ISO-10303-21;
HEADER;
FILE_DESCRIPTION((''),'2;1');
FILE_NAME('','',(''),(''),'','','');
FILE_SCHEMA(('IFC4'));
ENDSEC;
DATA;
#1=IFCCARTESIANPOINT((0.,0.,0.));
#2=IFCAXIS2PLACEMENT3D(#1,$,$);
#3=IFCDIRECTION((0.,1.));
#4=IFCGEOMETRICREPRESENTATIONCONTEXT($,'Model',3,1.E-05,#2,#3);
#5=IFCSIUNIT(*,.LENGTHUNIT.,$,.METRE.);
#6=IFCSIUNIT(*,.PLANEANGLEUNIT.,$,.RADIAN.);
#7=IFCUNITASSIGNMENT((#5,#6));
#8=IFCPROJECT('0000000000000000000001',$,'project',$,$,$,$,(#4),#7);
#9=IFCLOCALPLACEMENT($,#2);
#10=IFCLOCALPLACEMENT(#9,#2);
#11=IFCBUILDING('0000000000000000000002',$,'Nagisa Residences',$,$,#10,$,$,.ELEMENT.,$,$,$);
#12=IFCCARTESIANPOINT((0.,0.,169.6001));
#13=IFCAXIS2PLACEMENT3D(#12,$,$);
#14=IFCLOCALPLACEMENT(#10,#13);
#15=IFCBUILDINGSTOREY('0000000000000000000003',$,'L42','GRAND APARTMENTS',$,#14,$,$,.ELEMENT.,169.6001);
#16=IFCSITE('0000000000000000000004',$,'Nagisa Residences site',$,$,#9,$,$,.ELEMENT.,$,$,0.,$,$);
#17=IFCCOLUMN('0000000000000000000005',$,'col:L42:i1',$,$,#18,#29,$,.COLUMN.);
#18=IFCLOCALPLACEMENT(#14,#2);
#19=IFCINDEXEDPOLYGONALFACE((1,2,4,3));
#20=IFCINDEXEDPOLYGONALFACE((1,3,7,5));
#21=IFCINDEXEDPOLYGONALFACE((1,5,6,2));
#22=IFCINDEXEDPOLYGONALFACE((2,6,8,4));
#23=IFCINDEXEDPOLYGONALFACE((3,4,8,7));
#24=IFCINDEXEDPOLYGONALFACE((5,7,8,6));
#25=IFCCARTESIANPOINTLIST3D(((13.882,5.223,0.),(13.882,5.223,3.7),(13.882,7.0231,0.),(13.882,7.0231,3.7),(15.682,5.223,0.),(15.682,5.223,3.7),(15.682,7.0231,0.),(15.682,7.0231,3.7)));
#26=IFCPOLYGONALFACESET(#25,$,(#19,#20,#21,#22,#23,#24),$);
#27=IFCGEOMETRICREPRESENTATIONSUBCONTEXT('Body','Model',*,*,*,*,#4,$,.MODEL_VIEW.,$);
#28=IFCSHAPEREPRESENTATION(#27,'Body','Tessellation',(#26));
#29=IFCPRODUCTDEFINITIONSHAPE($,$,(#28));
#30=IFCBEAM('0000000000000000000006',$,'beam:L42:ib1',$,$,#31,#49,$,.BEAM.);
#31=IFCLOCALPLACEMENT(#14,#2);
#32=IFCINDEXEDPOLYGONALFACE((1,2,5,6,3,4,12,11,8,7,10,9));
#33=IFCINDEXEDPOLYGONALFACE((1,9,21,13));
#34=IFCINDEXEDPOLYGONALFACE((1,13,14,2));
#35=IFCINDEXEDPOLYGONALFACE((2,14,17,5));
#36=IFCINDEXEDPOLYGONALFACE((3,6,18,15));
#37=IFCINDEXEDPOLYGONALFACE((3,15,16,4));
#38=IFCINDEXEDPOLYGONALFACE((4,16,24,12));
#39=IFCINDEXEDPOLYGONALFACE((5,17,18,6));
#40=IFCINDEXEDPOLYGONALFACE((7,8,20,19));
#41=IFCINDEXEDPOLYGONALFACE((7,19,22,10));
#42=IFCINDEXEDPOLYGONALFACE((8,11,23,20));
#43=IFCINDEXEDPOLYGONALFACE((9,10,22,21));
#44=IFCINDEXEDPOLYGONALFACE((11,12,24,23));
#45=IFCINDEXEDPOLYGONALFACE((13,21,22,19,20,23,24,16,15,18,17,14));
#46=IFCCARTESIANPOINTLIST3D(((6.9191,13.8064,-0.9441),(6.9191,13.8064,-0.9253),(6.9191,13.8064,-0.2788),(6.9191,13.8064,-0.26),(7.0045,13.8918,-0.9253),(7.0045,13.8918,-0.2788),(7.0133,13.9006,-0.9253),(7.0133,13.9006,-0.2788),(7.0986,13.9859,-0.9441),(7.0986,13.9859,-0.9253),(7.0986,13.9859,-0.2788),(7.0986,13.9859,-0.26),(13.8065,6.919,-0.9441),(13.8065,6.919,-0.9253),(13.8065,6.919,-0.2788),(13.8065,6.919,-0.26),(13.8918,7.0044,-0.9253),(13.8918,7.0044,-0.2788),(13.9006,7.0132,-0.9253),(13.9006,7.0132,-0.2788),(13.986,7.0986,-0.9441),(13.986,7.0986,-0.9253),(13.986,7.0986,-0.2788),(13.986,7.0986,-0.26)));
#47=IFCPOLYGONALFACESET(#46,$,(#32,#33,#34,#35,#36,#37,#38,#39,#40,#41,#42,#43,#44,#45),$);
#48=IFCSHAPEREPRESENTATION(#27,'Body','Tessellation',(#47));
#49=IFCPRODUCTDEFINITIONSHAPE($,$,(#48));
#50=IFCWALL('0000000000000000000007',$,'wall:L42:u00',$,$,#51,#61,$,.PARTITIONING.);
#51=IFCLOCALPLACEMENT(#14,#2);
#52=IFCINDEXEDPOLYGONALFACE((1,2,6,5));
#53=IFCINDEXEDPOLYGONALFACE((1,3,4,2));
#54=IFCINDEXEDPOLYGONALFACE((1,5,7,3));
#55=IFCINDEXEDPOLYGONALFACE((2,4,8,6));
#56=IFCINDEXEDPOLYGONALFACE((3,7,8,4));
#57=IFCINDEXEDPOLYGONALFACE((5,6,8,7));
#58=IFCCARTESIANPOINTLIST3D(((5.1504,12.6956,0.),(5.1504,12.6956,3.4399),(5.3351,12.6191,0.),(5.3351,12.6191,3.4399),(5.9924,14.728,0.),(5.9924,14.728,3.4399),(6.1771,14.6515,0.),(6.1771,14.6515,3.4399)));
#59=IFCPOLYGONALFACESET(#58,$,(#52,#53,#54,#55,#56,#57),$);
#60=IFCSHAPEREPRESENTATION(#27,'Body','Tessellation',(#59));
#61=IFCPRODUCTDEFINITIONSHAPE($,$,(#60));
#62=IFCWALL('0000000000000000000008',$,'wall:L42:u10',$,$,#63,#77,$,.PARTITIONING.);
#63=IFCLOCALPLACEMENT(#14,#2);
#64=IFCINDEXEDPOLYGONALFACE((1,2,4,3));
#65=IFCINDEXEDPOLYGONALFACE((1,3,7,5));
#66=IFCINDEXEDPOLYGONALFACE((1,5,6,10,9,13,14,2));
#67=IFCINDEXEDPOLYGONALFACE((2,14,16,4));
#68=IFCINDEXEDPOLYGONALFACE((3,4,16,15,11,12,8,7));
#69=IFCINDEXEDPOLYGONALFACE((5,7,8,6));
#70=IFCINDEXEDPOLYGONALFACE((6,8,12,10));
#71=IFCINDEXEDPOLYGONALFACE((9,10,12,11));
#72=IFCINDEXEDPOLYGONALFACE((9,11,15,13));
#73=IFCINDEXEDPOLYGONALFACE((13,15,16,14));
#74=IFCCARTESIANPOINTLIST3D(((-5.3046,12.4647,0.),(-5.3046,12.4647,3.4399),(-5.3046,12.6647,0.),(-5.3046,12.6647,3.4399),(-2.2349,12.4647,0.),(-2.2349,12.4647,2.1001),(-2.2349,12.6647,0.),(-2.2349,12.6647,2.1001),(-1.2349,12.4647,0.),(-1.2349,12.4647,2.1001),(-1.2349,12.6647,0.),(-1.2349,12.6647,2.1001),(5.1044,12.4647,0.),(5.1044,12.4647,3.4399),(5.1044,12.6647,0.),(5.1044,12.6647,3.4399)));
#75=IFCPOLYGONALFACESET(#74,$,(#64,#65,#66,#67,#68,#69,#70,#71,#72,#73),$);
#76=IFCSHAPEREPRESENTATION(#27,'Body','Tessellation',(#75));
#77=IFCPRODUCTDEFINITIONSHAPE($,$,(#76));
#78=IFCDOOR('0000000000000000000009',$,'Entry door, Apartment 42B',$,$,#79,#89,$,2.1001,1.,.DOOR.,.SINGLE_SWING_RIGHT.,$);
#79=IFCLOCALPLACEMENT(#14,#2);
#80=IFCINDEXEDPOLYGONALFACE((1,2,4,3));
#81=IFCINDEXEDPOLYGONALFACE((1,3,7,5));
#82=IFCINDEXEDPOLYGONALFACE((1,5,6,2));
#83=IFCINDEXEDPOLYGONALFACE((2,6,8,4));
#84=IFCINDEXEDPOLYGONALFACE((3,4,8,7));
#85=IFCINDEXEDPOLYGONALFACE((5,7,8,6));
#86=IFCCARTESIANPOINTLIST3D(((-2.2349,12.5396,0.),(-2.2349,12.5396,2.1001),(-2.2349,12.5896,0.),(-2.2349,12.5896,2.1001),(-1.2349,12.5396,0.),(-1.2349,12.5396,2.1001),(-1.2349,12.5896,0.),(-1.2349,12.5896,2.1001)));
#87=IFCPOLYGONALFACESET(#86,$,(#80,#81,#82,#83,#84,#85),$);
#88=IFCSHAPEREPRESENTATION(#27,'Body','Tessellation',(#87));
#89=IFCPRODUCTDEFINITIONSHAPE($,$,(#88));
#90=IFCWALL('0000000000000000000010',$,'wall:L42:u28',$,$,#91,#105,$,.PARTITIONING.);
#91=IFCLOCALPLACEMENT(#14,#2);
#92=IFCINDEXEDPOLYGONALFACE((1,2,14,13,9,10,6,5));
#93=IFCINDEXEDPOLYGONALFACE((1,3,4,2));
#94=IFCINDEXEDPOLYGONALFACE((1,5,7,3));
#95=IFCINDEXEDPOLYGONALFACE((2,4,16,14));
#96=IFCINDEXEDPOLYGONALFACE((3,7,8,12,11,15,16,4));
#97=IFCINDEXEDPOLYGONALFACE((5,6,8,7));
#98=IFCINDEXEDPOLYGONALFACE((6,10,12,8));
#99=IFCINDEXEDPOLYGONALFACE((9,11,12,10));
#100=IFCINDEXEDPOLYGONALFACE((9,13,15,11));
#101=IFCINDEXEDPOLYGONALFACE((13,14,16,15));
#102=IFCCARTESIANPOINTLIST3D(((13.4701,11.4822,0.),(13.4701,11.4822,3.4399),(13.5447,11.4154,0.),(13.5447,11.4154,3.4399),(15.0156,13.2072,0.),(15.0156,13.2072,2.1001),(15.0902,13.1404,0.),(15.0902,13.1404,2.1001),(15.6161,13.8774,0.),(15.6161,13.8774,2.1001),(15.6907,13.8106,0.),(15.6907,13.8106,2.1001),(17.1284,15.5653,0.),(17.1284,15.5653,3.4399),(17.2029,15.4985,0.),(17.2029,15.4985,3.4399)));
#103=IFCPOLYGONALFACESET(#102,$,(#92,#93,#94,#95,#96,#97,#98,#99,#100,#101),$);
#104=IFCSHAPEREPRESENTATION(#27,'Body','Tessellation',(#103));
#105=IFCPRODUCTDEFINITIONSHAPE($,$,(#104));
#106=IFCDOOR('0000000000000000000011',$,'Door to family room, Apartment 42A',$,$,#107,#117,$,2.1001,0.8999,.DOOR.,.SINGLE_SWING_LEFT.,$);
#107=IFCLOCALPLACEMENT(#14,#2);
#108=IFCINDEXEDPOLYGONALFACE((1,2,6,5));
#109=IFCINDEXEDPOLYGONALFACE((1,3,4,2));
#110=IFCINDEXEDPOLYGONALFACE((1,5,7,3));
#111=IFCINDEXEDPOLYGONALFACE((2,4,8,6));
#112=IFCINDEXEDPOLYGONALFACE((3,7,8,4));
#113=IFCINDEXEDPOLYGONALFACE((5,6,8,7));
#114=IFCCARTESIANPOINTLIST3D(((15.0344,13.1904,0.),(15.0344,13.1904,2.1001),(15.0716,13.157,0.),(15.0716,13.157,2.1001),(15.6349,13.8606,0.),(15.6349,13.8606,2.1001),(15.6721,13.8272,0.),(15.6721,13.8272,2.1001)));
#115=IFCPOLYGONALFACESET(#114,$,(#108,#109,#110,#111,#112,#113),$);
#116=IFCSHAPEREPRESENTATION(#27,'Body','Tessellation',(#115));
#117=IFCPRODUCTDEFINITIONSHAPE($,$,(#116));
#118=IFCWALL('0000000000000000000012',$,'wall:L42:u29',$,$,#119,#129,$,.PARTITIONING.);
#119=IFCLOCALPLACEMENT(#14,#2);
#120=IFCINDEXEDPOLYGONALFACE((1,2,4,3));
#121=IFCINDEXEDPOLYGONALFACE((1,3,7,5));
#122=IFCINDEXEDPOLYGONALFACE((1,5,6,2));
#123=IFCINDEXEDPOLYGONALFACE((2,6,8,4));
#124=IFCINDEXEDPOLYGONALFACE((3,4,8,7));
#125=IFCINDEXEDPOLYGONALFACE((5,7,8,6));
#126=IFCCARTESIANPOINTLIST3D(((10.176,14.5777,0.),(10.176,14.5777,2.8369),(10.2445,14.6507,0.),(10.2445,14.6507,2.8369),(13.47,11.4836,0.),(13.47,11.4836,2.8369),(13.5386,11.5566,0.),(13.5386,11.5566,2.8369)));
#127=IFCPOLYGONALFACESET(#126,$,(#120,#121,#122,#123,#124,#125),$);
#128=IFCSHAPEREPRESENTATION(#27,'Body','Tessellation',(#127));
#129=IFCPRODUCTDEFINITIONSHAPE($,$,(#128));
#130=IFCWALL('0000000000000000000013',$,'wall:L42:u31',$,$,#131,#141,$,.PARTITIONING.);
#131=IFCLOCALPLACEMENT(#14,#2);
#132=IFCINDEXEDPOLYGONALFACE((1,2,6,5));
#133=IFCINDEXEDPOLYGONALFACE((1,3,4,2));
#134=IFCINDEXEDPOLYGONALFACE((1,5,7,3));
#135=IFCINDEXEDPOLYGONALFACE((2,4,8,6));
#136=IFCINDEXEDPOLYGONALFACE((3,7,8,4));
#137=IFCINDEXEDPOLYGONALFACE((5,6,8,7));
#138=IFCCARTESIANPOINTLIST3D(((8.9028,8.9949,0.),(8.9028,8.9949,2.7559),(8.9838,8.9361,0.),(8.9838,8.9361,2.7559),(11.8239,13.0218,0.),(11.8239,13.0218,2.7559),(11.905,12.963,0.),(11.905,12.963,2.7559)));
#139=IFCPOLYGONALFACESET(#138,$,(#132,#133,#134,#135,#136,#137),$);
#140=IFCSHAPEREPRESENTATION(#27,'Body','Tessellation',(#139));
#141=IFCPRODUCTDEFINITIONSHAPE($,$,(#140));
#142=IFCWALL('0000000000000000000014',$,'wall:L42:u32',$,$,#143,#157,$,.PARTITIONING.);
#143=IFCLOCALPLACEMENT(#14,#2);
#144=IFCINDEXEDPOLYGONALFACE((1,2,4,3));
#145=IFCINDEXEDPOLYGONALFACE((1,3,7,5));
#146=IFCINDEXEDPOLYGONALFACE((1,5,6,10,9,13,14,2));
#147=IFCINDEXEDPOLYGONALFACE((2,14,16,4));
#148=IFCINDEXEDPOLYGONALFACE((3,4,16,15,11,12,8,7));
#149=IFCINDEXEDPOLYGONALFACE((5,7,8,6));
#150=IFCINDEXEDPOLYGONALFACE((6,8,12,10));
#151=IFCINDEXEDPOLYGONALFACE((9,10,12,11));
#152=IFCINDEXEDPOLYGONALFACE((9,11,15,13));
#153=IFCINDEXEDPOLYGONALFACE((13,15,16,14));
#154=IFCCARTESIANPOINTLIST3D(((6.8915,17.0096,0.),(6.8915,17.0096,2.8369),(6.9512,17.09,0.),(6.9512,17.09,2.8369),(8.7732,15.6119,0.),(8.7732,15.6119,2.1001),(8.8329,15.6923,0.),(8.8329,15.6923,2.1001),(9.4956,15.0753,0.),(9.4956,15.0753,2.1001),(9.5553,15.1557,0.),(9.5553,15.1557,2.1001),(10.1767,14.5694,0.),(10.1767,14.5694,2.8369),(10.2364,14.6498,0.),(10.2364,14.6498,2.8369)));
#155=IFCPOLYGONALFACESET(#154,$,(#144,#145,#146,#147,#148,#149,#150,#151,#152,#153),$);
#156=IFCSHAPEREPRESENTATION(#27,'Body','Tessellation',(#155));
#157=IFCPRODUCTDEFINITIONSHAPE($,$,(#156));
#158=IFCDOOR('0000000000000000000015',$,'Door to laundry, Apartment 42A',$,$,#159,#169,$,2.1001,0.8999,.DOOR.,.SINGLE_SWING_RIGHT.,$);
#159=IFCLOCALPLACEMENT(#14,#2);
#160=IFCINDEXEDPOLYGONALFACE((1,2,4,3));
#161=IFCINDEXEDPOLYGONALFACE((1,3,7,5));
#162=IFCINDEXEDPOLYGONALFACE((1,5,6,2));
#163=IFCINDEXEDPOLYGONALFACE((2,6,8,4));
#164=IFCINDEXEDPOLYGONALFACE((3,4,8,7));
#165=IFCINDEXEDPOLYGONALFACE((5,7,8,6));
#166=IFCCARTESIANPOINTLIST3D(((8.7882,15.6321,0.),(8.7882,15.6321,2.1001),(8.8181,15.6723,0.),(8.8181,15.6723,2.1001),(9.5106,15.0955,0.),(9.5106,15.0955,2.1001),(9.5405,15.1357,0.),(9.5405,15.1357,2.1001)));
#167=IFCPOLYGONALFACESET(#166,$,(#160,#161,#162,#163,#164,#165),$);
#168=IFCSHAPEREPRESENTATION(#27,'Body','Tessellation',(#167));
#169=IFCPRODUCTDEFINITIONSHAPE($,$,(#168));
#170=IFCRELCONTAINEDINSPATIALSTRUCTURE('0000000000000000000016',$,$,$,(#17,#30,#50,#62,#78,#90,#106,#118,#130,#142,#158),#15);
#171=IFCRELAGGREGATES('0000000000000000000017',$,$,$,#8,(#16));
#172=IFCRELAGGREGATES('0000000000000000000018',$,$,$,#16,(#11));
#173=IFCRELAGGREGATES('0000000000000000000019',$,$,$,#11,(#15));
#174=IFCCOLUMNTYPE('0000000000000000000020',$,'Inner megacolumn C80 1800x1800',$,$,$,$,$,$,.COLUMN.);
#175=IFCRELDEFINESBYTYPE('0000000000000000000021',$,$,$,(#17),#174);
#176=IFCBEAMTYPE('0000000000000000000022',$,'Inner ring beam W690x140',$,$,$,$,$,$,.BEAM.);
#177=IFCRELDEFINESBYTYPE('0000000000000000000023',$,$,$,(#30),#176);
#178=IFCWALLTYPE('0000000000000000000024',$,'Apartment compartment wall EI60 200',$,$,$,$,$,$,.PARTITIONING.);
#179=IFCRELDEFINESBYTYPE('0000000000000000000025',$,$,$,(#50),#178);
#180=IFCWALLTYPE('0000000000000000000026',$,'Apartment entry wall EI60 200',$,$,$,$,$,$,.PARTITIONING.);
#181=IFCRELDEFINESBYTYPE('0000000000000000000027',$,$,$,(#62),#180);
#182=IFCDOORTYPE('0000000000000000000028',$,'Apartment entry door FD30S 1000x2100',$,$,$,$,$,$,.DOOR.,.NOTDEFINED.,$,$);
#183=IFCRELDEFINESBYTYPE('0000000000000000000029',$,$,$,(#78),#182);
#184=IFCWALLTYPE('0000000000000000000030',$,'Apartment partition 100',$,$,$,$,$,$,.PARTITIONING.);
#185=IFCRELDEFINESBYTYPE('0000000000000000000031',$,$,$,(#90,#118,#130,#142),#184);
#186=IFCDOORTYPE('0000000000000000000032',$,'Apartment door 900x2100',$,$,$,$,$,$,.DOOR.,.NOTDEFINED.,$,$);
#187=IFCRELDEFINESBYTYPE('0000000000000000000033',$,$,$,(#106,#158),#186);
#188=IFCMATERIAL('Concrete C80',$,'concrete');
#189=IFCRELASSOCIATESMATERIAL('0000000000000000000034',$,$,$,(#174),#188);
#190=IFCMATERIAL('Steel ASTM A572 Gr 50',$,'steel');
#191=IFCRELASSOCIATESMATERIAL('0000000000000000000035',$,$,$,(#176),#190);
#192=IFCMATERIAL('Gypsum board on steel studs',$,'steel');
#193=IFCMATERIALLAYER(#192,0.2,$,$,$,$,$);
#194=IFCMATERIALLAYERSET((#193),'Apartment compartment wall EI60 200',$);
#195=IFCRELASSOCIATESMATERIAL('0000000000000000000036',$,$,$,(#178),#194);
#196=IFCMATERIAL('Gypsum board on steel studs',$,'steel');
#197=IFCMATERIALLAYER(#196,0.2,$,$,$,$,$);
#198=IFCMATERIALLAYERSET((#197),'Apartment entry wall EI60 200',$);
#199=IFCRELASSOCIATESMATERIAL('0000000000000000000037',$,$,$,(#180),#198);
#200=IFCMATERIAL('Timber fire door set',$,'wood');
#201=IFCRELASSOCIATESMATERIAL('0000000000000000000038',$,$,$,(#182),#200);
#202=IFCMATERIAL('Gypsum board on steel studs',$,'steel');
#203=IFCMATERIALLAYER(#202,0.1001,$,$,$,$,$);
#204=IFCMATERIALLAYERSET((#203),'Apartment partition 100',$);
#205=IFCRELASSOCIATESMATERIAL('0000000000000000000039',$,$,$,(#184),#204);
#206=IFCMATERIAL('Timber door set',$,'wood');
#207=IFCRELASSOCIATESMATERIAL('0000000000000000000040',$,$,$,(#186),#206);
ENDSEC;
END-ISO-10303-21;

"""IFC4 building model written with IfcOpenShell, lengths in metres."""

from ifc_helpers import new_model, si_unit, direction, frame, frame_2d, origin, origin_2d, place, context, subcontext, project, spatial, rectangle, i_section, extrude, material, layer, layer_set, material_profile, profile_set, type_object, element, fill, save


model = new_model("IFC4")

# Units and contexts
model_context = context("Model", 3, precision=1e-05, world=origin(), true_north=direction((0.0, 1.0)))
body_context = subcontext(model_context, "Body", "Model", "MODEL_VIEW")
ifc_project = project(units=[si_unit("LENGTHUNIT", "METRE"), si_unit("PLANEANGLEUNIT", "RADIAN")], contexts=[model_context])

# Site, building, storey
site_placement = place(None, origin())
site = spatial("IfcSite", under=ifc_project, at=site_placement, Name="Nagisa Residences site", CompositionType="ELEMENT", RefElevation=0.0)
building_placement = place(site_placement, origin())
building = spatial("IfcBuilding", under=site, at=building_placement, Name="Nagisa Residences", CompositionType="ELEMENT")
storey_placement = place(building_placement, frame((0.0, 0.0, 169.6001)))
storey = spatial("IfcBuildingStorey", under=building, at=storey_placement, Name="L42", Description="GRAND APARTMENTS", CompositionType="ELEMENT", Elevation=169.6001)

# Column
ifc_material_1 = material(Name="Concrete C80", Category="concrete")
ifc_material_profile_1 = material_profile(ifc_material_1, rectangle(XDim=1.8, YDim=1.8, at=origin_2d()), Name="C80 1800x1800")
ifc_profile_set_1 = profile_set([ifc_material_profile_1], Name="Concrete C80")
column_type = type_object("IfcColumnType", Name="Inner megacolumn C80 1800x1800", PredefinedType="COLUMN", material=ifc_profile_set_1)
column_placement = place(storey_placement, frame((14.782, 6.123, 0.0), z_axis=(0.0, 0.0, 1.0), x_axis=(1.0, 0.0, 0.0)))
element("IfcColumn", 1, at=column_placement, inside=storey, type_object=column_type, Name="col:L42:i1", PredefinedType="COLUMN", context=body_context, shape_type="SweptSolid", body=[
    extrude(rectangle(XDim=1.8, YDim=1.8, at=origin_2d()), origin(), (0.0, 0.0, 1.0), 3.7),
])

# Beam
ifc_material_2 = material(Name="Steel ASTM A572 Gr 50", Category="steel")
ifc_material_profile_2 = material_profile(ifc_material_2, i_section(OverallWidth=0.2539, OverallDepth=0.6841, WebThickness=0.0125, FlangeThickness=0.0188, at=origin_2d()), Name="W690x140")
ifc_profile_set_2 = profile_set([ifc_material_profile_2], Name="Steel ASTM A572 Gr 50")
beam_type = type_object("IfcBeamType", Name="Inner ring beam W690x140", PredefinedType="BEAM", material=ifc_profile_set_2)
beam_placement = place(storey_placement, frame((13.8962, 7.0088, -0.6021), z_axis=(-0.707107, 0.707107, 0.0), x_axis=(-0.707107, -0.707107, 0.0)))
element("IfcBeam", 2, at=beam_placement, inside=storey, type_object=beam_type, Name="beam:L42:ib1", PredefinedType="BEAM", context=body_context, shape_type="SweptSolid", body=[
    extrude(i_section(OverallWidth=0.2539, OverallDepth=0.6841, WebThickness=0.0125, FlangeThickness=0.0188, at=origin_2d()), origin(), (0.0, 0.0, 1.0), 9.7402),
])

# Wall
ifc_material_3 = material(Name="Gypsum board on steel studs", Category="steel")
ifc_layer_1 = layer(ifc_material_3, 0.2)
ifc_layer_set_1 = layer_set([ifc_layer_1], Name="Apartment compartment wall EI60 200")
wall_type_1 = type_object("IfcWallType", Name="Apartment compartment wall EI60 200", PredefinedType="PARTITIONING", material=ifc_layer_set_1)
wall_1_placement = place(storey_placement, frame((5.2427, 12.6572, 0.0), z_axis=(0.0, 0.0, 1.0), x_axis=(0.382747, 0.923853, 0.0)))
element("IfcWall", 3, at=wall_1_placement, inside=storey, type_object=wall_type_1, Name="wall:L42:u00", PredefinedType="PARTITIONING", context=body_context, shape_type="SweptSolid", body=[
    extrude(rectangle(XDim=2.2, YDim=0.2, at=frame_2d((1.1001, 0.0))), origin(), (0.0, 0.0, 1.0), 3.4399),
])

# Walls, openings, doors
ifc_material_4 = material(Name="Gypsum board on steel studs", Category="steel")
ifc_layer_2 = layer(ifc_material_4, 0.2)
ifc_layer_set_2 = layer_set([ifc_layer_2], Name="Apartment entry wall EI60 200")
wall_type_2 = type_object("IfcWallType", Name="Apartment entry wall EI60 200", PredefinedType="PARTITIONING", material=ifc_layer_set_2)
wall_2_placement = place(storey_placement, frame((5.1045, 12.5647, 0.0), z_axis=(0.0, 0.0, 1.0), x_axis=(-1.0, 0.0, 0.0)))
wall_2 = element("IfcWall", 4, at=wall_2_placement, inside=storey, type_object=wall_type_2, Name="wall:L42:u10", PredefinedType="PARTITIONING", context=body_context, shape_type="SweptSolid", body=[
    extrude(rectangle(XDim=10.4089, YDim=0.2, at=frame_2d((5.2046, 0.0))), origin(), (0.0, 0.0, 1.0), 3.4399),
])
opening_1_placement = place(wall_2_placement, frame((6.3394, 0.0, 0.0)))
opening_1 = element("IfcOpeningElement", 5, at=opening_1_placement, cuts=wall_2, PredefinedType="OPENING", context=body_context, shape_type="SweptSolid", body=[
    extrude(rectangle(XDim=1.0, YDim=2.1001, at=frame_2d((0.5, 1.05))), frame((0.0, 0.1099, 0.0), z_axis=(0.0, -1.0, 0.0), x_axis=(1.0, 0.0, 0.0)), (0.0, 0.0, 1.0), 0.22),
])
ifc_material_5 = material(Name="Timber fire door set", Category="wood")
door_type_1 = type_object("IfcDoorType", Name="Apartment entry door FD30S 1000x2100", OperationType="NOTDEFINED", PredefinedType="DOOR", material=ifc_material_5)
door_1_placement = place(opening_1_placement, frame((1.0, 0.0, 0.0), x_axis=(-1.0, 0.0, 0.0)))
door_1 = element("IfcDoor", 6, at=door_1_placement, inside=storey, type_object=door_type_1, Name="Entry door, Apartment 42B", OperationType="SINGLE_SWING_RIGHT", OverallHeight=2.1001, OverallWidth=1.0, PredefinedType="DOOR", context=body_context, shape_type="SweptSolid", body=[
    extrude(rectangle(XDim=1.0, YDim=2.1001, at=frame_2d((0.5, 1.05))), frame((0.0, 0.0249, 0.0), z_axis=(0.0, -1.0, 0.0), x_axis=(1.0, 0.0, 0.0)), (0.0, 0.0, 1.0), 0.05),
])
fill(opening_1, door_1)
ifc_material_6 = material(Name="Gypsum board on steel studs", Category="steel")
ifc_layer_3 = layer(ifc_material_6, 0.1001)
ifc_layer_set_3 = layer_set([ifc_layer_3], Name="Apartment partition 100")
wall_type_3 = type_object("IfcWallType", Name="Apartment partition 100", PredefinedType="PARTITIONING", material=ifc_layer_set_3)
wall_3_placement = place(storey_placement, frame((13.5073, 11.4487, 0.0), z_axis=(0.0, 0.0, 1.0), x_axis=(0.6673, 0.744789, 0.0)))
wall_3 = element("IfcWall", 7, at=wall_3_placement, inside=storey, type_object=wall_type_3, Name="wall:L42:u28", PredefinedType="PARTITIONING", context=body_context, shape_type="SweptSolid", body=[
    extrude(rectangle(XDim=5.4822, YDim=0.1001, at=frame_2d((2.7412, 0.0))), origin(), (0.0, 0.0, 1.0), 3.4399),
])
opening_2_placement = place(wall_3_placement, frame((2.3162, 0.0, 0.0)))
opening_2 = element("IfcOpeningElement", 8, at=opening_2_placement, cuts=wall_3, PredefinedType="OPENING", context=body_context, shape_type="SweptSolid", body=[
    extrude(rectangle(XDim=0.8999, YDim=2.1001, at=frame_2d((0.45, 1.05))), frame((0.0, 0.0601, 0.0), z_axis=(0.0, -1.0, 0.0), x_axis=(1.0, 0.0, 0.0)), (0.0, 0.0, 1.0), 0.1201),
])
ifc_material_7 = material(Name="Timber door set", Category="wood")
door_type_2 = type_object("IfcDoorType", Name="Apartment door 900x2100", OperationType="NOTDEFINED", PredefinedType="DOOR", material=ifc_material_7)
door_2_placement = place(opening_2_placement, origin())
door_2 = element("IfcDoor", 9, at=door_2_placement, inside=storey, type_object=door_type_2, Name="Door to family room, Apartment 42A", OperationType="SINGLE_SWING_LEFT", OverallHeight=2.1001, OverallWidth=0.8999, PredefinedType="DOOR", context=body_context, shape_type="SweptSolid", body=[
    extrude(rectangle(XDim=0.8999, YDim=2.1001, at=frame_2d((0.45, 1.05))), frame((0.0, 0.0249, 0.0), z_axis=(0.0, -1.0, 0.0), x_axis=(1.0, 0.0, 0.0)), (0.0, 0.0, 1.0), 0.05),
])
fill(opening_2, door_2)

# Walls
wall_4_placement = place(storey_placement, frame((13.5044, 11.52, 0.0), z_axis=(0.0, 0.0, 1.0), x_axis=(-0.728883, 0.684638, 0.0)))
element("IfcWall", 10, at=wall_4_placement, inside=storey, type_object=wall_type_3, Name="wall:L42:u29", PredefinedType="PARTITIONING", context=body_context, shape_type="SweptSolid", body=[
    extrude(rectangle(XDim=4.5193, YDim=0.1001, at=frame_2d((2.2598, 0.0))), origin(), (0.0, 0.0, 1.0), 2.8369),
])
wall_5_placement = place(storey_placement, frame((8.9434, 8.9656, 0.0), z_axis=(0.0, 0.0, 1.0), x_axis=(0.587188, 0.809451, 0.0)))
element("IfcWall", 11, at=wall_5_placement, inside=storey, type_object=wall_type_3, Name="wall:L42:u31", PredefinedType="PARTITIONING", context=body_context, shape_type="SweptSolid", body=[
    extrude(rectangle(XDim=4.9749, YDim=0.1001, at=frame_2d((2.4873, 0.0))), origin(), (0.0, 0.0, 1.0), 2.7559),
])

# Wall, opening, door
wall_6_placement = place(storey_placement, frame((10.2065, 14.6096, 0.0), z_axis=(0.0, 0.0, 1.0), x_axis=(-0.802769, 0.59629, 0.0)))
wall_6 = element("IfcWall", 12, at=wall_6_placement, inside=storey, type_object=wall_type_3, Name="wall:L42:u32", PredefinedType="PARTITIONING", context=body_context, shape_type="SweptSolid", body=[
    extrude(rectangle(XDim=4.0923, YDim=0.1001, at=frame_2d((2.0461, 0.0))), origin(), (0.0, 0.0, 1.0), 2.8369),
])
opening_3_placement = place(wall_6_placement, frame((0.8484, 0.0, 0.0)))
opening_3 = element("IfcOpeningElement", 13, at=opening_3_placement, cuts=wall_6, PredefinedType="OPENING", context=body_context, shape_type="SweptSolid", body=[
    extrude(rectangle(XDim=0.8999, YDim=2.1001, at=frame_2d((0.45, 1.05))), frame((0.0, 0.0601, 0.0), z_axis=(0.0, -1.0, 0.0), x_axis=(1.0, 0.0, 0.0)), (0.0, 0.0, 1.0), 0.1201),
])
door_3_placement = place(opening_3_placement, origin())
door_3 = element("IfcDoor", 14, at=door_3_placement, inside=storey, type_object=door_type_2, Name="Door to laundry, Apartment 42A", OperationType="SINGLE_SWING_RIGHT", OverallHeight=2.1001, OverallWidth=0.8999, PredefinedType="DOOR", context=body_context, shape_type="SweptSolid", body=[
    extrude(rectangle(XDim=0.8999, YDim=2.1001, at=frame_2d((0.45, 1.05))), frame((0.0, 0.0249, 0.0), z_axis=(0.0, -1.0, 0.0), x_axis=(1.0, 0.0, 0.0)), (0.0, 0.0, 1.0), 0.05),
])
fill(opening_3, door_3)

save(model, "model.ifc")
